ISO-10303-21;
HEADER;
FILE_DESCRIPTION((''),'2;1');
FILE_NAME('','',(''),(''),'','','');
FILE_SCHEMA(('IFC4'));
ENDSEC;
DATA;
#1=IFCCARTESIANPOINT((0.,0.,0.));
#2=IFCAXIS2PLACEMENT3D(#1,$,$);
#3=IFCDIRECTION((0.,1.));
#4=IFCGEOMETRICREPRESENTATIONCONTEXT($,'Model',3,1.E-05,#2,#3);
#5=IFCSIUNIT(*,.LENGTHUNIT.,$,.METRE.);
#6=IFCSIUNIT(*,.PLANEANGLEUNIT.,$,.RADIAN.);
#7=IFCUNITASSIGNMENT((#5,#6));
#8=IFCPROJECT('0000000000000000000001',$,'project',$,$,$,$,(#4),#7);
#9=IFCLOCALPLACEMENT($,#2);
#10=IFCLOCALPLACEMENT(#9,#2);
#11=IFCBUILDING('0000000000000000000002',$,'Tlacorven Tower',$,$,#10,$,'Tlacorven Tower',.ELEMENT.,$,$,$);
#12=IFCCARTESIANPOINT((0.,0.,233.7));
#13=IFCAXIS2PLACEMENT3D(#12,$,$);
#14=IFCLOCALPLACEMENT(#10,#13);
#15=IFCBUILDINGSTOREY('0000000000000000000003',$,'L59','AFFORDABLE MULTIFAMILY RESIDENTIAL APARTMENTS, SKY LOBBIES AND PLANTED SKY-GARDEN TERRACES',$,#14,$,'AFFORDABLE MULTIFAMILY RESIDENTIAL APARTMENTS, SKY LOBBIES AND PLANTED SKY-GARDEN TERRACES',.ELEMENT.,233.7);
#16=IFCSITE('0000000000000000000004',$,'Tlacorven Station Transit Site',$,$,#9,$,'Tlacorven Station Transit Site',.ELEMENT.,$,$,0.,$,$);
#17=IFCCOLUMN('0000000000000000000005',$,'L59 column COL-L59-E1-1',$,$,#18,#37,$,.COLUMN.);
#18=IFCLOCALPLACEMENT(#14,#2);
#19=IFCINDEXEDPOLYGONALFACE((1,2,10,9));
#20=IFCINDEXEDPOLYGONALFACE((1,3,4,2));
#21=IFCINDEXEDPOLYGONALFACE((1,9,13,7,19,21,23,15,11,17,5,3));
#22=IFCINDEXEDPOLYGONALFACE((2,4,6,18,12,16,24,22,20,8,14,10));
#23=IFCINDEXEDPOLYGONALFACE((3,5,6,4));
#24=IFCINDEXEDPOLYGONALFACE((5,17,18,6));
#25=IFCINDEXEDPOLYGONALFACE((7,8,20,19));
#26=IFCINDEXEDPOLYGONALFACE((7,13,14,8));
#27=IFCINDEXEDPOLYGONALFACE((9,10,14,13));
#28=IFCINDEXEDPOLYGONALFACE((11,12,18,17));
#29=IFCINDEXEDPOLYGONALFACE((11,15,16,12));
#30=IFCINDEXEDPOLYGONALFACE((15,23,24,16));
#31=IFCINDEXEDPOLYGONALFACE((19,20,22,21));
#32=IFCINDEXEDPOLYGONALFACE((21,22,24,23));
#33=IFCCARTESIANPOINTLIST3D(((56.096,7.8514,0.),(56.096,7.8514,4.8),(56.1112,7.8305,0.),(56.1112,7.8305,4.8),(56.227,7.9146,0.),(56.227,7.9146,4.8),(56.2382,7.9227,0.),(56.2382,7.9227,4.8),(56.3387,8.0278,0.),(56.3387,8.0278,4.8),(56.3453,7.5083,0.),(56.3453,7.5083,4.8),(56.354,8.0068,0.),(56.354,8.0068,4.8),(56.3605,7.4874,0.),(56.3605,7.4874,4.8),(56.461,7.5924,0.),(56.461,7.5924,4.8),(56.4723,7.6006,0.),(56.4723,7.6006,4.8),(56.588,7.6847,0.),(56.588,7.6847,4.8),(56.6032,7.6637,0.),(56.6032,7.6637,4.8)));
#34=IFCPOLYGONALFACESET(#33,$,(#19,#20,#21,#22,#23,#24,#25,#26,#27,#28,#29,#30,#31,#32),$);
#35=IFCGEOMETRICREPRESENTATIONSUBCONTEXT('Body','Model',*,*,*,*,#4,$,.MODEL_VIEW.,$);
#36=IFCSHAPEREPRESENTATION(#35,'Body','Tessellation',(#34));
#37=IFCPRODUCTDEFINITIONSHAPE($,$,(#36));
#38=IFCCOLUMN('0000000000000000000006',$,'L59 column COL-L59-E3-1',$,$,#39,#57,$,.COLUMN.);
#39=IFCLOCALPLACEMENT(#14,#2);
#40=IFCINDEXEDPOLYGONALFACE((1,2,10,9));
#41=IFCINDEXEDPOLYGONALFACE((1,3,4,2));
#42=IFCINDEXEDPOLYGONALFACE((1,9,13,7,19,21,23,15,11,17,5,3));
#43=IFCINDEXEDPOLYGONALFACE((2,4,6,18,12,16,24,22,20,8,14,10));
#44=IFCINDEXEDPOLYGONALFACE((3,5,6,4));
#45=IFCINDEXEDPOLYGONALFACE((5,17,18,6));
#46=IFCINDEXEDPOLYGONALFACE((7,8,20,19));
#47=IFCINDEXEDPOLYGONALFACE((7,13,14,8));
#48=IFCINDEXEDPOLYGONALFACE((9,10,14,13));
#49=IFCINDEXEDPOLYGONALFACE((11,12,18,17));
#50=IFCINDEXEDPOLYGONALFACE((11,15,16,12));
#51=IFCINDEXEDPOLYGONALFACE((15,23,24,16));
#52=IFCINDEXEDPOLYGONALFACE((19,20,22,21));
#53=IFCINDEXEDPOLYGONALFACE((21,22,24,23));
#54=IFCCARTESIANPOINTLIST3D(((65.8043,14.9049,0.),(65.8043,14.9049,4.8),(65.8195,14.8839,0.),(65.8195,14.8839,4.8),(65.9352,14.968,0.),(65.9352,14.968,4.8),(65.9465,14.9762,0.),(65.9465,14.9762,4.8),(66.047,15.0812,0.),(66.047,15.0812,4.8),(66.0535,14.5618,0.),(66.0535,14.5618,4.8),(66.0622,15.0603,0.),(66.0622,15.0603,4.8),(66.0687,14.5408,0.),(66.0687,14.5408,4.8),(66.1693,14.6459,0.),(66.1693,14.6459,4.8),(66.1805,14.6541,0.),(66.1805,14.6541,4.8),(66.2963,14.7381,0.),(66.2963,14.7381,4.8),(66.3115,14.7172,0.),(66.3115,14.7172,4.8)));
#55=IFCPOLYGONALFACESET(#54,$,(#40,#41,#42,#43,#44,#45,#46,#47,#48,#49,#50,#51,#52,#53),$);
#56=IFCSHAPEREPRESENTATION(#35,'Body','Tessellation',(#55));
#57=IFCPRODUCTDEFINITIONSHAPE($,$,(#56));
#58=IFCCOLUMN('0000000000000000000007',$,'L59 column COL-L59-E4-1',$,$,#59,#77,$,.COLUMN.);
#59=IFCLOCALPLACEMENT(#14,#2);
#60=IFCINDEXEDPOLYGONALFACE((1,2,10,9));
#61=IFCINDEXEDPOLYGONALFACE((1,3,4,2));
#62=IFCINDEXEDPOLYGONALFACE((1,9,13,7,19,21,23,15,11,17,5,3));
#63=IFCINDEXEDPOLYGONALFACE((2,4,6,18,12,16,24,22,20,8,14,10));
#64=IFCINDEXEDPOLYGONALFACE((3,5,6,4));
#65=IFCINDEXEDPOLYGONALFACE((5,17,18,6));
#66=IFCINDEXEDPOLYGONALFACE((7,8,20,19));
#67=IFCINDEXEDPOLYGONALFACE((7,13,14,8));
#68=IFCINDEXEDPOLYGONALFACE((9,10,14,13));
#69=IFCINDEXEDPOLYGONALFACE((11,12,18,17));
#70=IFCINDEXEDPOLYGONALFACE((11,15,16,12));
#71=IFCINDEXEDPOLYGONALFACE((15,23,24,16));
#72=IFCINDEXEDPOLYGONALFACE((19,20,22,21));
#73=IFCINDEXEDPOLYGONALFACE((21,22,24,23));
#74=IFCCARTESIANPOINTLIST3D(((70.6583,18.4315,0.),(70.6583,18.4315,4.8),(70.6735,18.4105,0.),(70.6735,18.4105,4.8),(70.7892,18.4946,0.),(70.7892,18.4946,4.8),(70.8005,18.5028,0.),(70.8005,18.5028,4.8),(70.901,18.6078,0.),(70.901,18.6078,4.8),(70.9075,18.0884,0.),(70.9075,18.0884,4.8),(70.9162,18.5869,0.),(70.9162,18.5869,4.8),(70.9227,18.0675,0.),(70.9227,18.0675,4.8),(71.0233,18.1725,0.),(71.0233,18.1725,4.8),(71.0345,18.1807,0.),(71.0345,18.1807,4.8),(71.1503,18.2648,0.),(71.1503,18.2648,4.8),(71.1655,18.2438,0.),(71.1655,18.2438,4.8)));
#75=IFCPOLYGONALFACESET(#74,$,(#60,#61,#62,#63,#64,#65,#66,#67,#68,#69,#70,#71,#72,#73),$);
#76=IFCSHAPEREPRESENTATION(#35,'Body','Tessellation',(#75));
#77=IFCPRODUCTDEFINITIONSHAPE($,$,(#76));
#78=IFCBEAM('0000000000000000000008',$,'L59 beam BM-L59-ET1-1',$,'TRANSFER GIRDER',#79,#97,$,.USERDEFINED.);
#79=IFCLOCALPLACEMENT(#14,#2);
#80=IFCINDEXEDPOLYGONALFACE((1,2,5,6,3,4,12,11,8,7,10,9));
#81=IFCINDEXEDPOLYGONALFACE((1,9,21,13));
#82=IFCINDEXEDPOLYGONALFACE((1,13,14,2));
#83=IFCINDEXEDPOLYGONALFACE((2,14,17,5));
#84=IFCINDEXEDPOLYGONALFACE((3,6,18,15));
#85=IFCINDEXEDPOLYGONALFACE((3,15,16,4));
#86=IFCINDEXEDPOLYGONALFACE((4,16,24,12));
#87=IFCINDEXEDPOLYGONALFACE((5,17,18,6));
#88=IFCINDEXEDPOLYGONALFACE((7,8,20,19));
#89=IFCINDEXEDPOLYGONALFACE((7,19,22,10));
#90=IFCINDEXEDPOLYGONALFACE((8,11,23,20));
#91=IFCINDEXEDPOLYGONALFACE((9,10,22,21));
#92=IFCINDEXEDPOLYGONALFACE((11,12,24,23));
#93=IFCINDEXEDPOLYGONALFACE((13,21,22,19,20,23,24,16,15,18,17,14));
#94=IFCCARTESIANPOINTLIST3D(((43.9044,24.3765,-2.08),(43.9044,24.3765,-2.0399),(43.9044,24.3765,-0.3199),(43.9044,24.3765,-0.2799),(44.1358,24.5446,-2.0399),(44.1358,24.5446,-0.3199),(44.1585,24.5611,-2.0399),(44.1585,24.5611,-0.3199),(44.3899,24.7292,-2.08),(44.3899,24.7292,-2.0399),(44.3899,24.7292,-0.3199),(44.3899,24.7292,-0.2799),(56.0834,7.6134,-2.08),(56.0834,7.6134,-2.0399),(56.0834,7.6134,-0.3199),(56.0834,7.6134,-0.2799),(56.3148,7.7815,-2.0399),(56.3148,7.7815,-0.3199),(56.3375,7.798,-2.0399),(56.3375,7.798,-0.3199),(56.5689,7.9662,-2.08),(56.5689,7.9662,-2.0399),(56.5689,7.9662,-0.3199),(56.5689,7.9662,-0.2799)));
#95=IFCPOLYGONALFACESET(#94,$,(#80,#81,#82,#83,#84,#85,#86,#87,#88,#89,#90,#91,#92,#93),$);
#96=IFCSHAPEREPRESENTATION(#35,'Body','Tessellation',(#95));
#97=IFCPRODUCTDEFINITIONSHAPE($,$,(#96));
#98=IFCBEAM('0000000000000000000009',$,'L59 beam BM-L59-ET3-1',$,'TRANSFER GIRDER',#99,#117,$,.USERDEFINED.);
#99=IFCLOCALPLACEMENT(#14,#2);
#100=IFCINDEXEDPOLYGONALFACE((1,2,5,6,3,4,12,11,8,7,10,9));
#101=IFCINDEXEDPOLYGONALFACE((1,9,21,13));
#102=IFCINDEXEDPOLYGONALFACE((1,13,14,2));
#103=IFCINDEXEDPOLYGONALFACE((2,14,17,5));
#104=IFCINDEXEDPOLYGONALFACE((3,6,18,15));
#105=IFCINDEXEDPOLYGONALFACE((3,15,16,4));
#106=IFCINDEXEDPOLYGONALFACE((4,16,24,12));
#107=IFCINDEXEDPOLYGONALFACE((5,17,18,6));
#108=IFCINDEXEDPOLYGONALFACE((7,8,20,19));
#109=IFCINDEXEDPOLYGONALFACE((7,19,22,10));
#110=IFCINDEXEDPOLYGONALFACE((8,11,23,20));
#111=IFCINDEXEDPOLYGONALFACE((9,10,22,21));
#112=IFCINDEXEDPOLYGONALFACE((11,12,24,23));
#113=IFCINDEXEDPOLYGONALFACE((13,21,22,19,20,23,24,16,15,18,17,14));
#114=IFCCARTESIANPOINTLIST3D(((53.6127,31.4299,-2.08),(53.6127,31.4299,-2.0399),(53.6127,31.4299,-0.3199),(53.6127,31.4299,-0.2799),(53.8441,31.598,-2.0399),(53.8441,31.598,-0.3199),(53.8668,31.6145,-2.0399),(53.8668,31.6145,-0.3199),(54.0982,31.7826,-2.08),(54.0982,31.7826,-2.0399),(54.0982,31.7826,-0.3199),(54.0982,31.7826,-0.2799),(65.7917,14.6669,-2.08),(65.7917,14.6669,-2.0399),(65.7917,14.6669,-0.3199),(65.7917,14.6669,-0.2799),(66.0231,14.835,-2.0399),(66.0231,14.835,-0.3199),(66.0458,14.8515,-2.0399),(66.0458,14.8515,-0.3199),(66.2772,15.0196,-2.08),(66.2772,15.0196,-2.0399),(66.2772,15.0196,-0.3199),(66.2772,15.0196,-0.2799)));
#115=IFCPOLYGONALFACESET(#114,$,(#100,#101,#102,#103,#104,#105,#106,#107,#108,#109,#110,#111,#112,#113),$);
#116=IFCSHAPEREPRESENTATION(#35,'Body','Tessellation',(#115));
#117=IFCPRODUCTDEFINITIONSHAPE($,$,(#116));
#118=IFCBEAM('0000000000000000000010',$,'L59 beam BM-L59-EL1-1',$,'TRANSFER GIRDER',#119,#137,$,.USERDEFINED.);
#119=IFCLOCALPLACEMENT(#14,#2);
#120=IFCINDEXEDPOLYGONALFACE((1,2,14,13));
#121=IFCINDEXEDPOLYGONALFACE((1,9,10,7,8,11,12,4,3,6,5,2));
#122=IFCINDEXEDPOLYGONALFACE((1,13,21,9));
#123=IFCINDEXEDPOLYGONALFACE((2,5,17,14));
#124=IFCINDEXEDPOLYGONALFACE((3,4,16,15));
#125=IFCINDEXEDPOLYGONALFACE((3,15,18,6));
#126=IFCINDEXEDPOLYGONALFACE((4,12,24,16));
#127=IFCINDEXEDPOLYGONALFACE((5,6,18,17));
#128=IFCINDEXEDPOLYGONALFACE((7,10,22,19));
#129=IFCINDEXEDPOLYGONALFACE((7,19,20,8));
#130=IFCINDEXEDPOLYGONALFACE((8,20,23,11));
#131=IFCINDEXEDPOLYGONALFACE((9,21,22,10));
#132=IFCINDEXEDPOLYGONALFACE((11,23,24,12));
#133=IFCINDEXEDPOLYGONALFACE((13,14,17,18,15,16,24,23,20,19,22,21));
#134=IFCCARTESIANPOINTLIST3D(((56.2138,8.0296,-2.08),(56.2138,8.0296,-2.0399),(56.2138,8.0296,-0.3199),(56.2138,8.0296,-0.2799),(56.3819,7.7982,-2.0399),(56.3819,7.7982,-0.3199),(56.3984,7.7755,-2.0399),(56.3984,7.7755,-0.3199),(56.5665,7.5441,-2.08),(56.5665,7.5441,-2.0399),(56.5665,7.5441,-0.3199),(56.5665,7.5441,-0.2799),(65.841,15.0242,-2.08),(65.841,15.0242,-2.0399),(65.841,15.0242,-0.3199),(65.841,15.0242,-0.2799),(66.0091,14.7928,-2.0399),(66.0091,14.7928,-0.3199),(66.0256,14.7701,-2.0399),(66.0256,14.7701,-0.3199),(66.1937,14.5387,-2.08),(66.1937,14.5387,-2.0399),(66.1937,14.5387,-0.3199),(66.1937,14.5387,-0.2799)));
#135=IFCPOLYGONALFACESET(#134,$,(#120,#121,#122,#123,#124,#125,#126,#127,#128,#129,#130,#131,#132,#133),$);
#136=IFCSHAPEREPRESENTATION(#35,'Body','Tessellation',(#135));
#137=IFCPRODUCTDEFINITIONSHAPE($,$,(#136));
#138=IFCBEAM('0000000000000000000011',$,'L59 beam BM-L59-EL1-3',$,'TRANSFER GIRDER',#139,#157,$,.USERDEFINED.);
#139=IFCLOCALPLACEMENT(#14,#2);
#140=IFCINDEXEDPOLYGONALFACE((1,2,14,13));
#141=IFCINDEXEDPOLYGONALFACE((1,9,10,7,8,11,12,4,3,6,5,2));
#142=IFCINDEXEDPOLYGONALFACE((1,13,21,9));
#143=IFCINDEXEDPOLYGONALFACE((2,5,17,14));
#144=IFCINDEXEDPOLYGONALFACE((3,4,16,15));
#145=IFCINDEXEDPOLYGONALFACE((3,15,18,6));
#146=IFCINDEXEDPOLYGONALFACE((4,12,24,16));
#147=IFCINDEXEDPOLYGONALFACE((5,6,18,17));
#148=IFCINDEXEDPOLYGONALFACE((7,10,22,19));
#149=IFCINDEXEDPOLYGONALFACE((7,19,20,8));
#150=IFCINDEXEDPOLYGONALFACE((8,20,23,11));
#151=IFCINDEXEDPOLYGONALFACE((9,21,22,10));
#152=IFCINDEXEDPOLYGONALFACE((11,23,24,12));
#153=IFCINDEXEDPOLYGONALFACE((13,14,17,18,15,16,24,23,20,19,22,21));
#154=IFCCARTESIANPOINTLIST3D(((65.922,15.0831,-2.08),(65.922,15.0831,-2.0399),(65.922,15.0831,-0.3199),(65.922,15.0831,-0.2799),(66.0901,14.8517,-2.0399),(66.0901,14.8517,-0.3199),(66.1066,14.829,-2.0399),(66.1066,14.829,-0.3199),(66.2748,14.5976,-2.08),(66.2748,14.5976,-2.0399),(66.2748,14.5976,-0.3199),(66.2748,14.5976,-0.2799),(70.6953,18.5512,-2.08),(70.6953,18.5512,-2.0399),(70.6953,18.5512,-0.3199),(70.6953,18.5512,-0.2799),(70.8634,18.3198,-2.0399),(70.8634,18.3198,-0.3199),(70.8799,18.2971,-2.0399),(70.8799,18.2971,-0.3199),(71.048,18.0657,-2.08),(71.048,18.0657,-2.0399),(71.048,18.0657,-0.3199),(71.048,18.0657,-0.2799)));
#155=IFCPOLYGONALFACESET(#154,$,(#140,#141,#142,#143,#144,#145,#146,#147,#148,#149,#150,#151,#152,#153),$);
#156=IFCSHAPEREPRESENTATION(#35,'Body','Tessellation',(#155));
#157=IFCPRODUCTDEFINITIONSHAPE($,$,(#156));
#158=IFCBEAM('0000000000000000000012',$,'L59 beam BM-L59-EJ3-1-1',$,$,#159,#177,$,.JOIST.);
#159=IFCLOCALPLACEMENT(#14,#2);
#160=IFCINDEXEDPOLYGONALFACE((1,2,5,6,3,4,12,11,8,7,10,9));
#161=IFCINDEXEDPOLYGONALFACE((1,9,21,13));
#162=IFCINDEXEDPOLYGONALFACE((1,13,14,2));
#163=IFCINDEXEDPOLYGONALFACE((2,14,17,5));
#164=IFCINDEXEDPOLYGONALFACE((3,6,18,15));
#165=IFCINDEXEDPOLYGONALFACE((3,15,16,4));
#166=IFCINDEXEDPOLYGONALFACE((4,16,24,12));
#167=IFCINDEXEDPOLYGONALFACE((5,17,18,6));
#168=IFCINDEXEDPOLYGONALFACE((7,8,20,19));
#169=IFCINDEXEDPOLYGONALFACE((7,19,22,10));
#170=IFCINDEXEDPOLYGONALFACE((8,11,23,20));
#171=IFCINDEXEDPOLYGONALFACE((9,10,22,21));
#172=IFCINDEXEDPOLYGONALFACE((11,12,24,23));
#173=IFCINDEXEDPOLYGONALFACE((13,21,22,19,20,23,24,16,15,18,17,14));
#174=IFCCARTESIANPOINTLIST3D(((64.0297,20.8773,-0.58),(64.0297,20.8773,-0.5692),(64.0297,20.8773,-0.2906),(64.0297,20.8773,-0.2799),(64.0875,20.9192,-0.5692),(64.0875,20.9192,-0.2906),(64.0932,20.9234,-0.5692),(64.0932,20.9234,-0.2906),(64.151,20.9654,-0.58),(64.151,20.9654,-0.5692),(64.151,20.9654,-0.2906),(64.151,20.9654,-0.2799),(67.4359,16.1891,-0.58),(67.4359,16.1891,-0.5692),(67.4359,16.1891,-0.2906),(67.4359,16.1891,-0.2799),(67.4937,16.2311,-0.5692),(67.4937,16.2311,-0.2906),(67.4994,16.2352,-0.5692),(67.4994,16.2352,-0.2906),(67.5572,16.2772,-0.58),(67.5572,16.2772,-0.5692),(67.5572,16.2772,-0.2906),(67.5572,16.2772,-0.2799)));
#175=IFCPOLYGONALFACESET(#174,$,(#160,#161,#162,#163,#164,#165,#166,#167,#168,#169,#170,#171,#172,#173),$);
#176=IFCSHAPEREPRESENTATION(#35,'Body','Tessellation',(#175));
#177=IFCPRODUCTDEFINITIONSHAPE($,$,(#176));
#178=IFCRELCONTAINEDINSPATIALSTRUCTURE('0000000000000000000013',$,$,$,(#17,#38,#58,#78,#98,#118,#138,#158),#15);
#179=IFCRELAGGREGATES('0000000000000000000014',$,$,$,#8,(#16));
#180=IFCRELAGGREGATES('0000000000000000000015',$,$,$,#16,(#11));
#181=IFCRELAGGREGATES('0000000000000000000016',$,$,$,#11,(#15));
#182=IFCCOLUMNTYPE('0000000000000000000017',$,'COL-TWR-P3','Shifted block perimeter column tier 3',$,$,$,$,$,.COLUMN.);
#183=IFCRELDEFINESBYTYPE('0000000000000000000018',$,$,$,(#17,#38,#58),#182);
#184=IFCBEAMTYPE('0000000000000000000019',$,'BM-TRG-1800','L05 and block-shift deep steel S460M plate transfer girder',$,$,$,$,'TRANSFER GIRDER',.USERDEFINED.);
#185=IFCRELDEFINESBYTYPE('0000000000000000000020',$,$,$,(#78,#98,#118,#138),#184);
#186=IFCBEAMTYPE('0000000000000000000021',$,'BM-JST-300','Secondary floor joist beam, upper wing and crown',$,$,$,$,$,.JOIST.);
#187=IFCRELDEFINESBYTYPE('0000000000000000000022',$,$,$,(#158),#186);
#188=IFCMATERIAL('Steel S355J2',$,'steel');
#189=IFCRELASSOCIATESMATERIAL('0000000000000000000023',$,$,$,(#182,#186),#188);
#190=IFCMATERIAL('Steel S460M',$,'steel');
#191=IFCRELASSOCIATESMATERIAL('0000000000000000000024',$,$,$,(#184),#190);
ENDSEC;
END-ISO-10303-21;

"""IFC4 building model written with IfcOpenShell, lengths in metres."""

from ifc_helpers import new_model, si_unit, direction, frame, origin, origin_2d, place, context, subcontext, project, spatial, i_section, extrude, source, transform, mapped, material, material_profile, profile_set, type_object, element, save


model = new_model("IFC4")

# Units and contexts
model_context = context("Model", 3, precision=1e-05, world=origin(), true_north=direction((0.0, 1.0)))
body_context = subcontext(model_context, "Body", "Model", "MODEL_VIEW")
ifc_project = project(units=[si_unit("LENGTHUNIT", "METRE"), si_unit("PLANEANGLEUNIT", "RADIAN")], contexts=[model_context])

# Site, building, storey
site_placement = place(None, origin())
site = spatial("IfcSite", under=ifc_project, at=site_placement, Name="Tlacorven Station Transit Site", LongName="Tlacorven Station Transit Site", CompositionType="ELEMENT", RefElevation=0.0)
building_placement = place(site_placement, origin())
building = spatial("IfcBuilding", under=site, at=building_placement, Name="Tlacorven Tower", LongName="Tlacorven Tower", CompositionType="ELEMENT")
storey_placement = place(building_placement, frame((0.0, 0.0, 233.7)))
storey = spatial("IfcBuildingStorey", under=building, at=storey_placement, Name="L59", Description="AFFORDABLE MULTIFAMILY RESIDENTIAL APARTMENTS, SKY LOBBIES AND PLANTED SKY-GARDEN TERRACES", LongName="AFFORDABLE MULTIFAMILY RESIDENTIAL APARTMENTS, SKY LOBBIES AND PLANTED SKY-GARDEN TERRACES", CompositionType="ELEMENT", Elevation=233.7)

# Columns
ifc_material_1 = material(Name="Steel S355J2", Category="steel")
ifc_material_profile_1 = material_profile(ifc_material_1, i_section(OverallWidth=0.3, OverallDepth=0.45, WebThickness=0.0139, FlangeThickness=0.0259, at=origin_2d()), Name="HEB 450")
ifc_profile_set_1 = profile_set([ifc_material_profile_1], Name="Steel S355J2")
column_type = type_object("IfcColumnType", Name="COL-TWR-P3", Description="Shifted block perimeter column tier 3", PredefinedType="COLUMN", material=ifc_profile_set_1)
shared_shape_1 = source(origin(), body_context, "Body", "SweptSolid", [
    extrude(i_section(OverallWidth=0.3, OverallDepth=0.45, WebThickness=0.0139, FlangeThickness=0.0259, at=origin_2d()), origin(), (0.0, 0.0, 1.0), 4.8),
])
for number, where, z_axis, x_axis, name in (
    (1, (56.3496, 7.7576, 0.0), (0.0, 0.0, 1.0), (0.809017, 0.587785, 0.0), "L59 column COL-L59-E1-1"),
    (2, (66.0579, 14.811, 0.0), (0.0, 0.0, 1.0), (0.809017, 0.587785, 0.0), "L59 column COL-L59-E3-1"),
    (3, (70.9119, 18.3376, 0.0), (0.0, 0.0, 1.0), (0.809017, 0.587785, 0.0), "L59 column COL-L59-E4-1"),
):
    element("IfcColumn", number, at=place(storey_placement, frame(where, z_axis=z_axis, x_axis=x_axis)), inside=storey, type_object=column_type, Name=name, PredefinedType="COLUMN", context=body_context, shape_type="MappedRepresentation", body=[
        mapped(shared_shape_1, transform((0.0, 0.0, 0.0), scale=1.0)),
    ])

# Beams
ifc_material_2 = material(Name="Steel S460M", Category="steel")
ifc_material_profile_2 = material_profile(ifc_material_2, i_section(OverallWidth=0.6001, OverallDepth=1.8, WebThickness=0.0281, FlangeThickness=0.04, at=origin_2d()), Name="PG 1800X600X28X40")
ifc_profile_set_2 = profile_set([ifc_material_profile_2], Name="Steel S460M")
beam_type_1 = type_object("IfcBeamType", Name="BM-TRG-1800", Description="L05 and block-shift deep steel S460M plate transfer girder", ElementType="TRANSFER GIRDER", PredefinedType="USERDEFINED", material=ifc_profile_set_2)
shared_shape_2 = source(origin(), body_context, "Body", "SweptSolid", [
    extrude(i_section(OverallWidth=0.6001, OverallDepth=1.8, WebThickness=0.0281, FlangeThickness=0.04, at=origin_2d()), origin(), (0.0, 0.0, 1.0), 20.7202),
])
for number, where, z_axis, x_axis, name in (
    (4, (56.3262, 7.7898, -1.1799), (-0.587784, 0.809018, 0.0), (-0.809018, -0.587784, 0.0), "L59 beam BM-L59-ET1-1"),
    (5, (66.0344, 14.8433, -1.1799), (-0.587784, 0.809018, 0.0), (-0.809018, -0.587784, 0.0), "L59 beam BM-L59-ET3-1"),
):
    element("IfcBeam", number, at=place(storey_placement, frame(where, z_axis=z_axis, x_axis=x_axis)), inside=storey, type_object=beam_type_1, Name=name, ObjectType="TRANSFER GIRDER", PredefinedType="USERDEFINED", context=body_context, shape_type="MappedRepresentation", body=[
        mapped(shared_shape_2, transform((0.0, 0.0, 0.0), scale=1.0)),
    ])
shared_shape_3 = source(origin(), body_context, "Body", "SweptSolid", [
    extrude(i_section(OverallWidth=0.6001, OverallDepth=1.8, WebThickness=0.0281, FlangeThickness=0.04, at=origin_2d()), origin(), (0.0, 0.0, 1.0), 11.8999),
])
beam_1_placement = place(storey_placement, frame((56.3901, 7.7869, -1.1799), z_axis=(0.809015, 0.587789, 0.0), x_axis=(-0.587789, 0.809015, 0.0)))
element("IfcBeam", 6, at=beam_1_placement, inside=storey, type_object=beam_type_1, Name="L59 beam BM-L59-EL1-1", ObjectType="TRANSFER GIRDER", PredefinedType="USERDEFINED", context=body_context, shape_type="MappedRepresentation", body=[
    mapped(shared_shape_3, transform((0.0, 0.0, 0.0), scale=1.0)),
])
shared_shape_4 = source(origin(), body_context, "Body", "SweptSolid", [
    extrude(i_section(OverallWidth=0.6001, OverallDepth=1.8, WebThickness=0.0281, FlangeThickness=0.04, at=origin_2d()), origin(), (0.0, 0.0, 1.0), 5.9001),
])
beam_2_placement = place(storey_placement, frame((66.0984, 14.8403, -1.1799), z_axis=(0.80901, 0.587795, 0.0), x_axis=(-0.587795, 0.80901, 0.0)))
element("IfcBeam", 7, at=beam_2_placement, inside=storey, type_object=beam_type_1, Name="L59 beam BM-L59-EL1-3", ObjectType="TRANSFER GIRDER", PredefinedType="USERDEFINED", context=body_context, shape_type="MappedRepresentation", body=[
    mapped(shared_shape_4, transform((0.0, 0.0, 0.0), scale=1.0)),
])
ifc_material_profile_3 = material_profile(ifc_material_1, i_section(OverallWidth=0.1499, OverallDepth=0.3, WebThickness=0.0071, FlangeThickness=0.0107, at=origin_2d()), Name="IPE 300")
ifc_profile_set_3 = profile_set([ifc_material_profile_3], Name="Steel S355J2")
beam_type_2 = type_object("IfcBeamType", Name="BM-JST-300", Description="Secondary floor joist beam, upper wing and crown", PredefinedType="JOIST", material=ifc_profile_set_3)
shared_shape_5 = source(origin(), body_context, "Body", "SweptSolid", [
    extrude(i_section(OverallWidth=0.1499, OverallDepth=0.3, WebThickness=0.0071, FlangeThickness=0.0107, at=origin_2d()), origin(), (0.0, 0.0, 1.0), 5.7949),
])
for number, where, z_axis, x_axis, name in (
    (8, (67.4966, 16.2332, -0.4299), (-0.587791, 0.809013, 0.0), (-0.809013, -0.587791, 0.0), "L59 beam BM-L59-EJ3-1-1"),
):
    element("IfcBeam", number, at=place(storey_placement, frame(where, z_axis=z_axis, x_axis=x_axis)), inside=storey, type_object=beam_type_2, Name=name, PredefinedType="JOIST", context=body_context, shape_type="MappedRepresentation", body=[
        mapped(shared_shape_5, transform((0.0, 0.0, 0.0), scale=1.0)),
    ])

save(model, "model.ifc")
